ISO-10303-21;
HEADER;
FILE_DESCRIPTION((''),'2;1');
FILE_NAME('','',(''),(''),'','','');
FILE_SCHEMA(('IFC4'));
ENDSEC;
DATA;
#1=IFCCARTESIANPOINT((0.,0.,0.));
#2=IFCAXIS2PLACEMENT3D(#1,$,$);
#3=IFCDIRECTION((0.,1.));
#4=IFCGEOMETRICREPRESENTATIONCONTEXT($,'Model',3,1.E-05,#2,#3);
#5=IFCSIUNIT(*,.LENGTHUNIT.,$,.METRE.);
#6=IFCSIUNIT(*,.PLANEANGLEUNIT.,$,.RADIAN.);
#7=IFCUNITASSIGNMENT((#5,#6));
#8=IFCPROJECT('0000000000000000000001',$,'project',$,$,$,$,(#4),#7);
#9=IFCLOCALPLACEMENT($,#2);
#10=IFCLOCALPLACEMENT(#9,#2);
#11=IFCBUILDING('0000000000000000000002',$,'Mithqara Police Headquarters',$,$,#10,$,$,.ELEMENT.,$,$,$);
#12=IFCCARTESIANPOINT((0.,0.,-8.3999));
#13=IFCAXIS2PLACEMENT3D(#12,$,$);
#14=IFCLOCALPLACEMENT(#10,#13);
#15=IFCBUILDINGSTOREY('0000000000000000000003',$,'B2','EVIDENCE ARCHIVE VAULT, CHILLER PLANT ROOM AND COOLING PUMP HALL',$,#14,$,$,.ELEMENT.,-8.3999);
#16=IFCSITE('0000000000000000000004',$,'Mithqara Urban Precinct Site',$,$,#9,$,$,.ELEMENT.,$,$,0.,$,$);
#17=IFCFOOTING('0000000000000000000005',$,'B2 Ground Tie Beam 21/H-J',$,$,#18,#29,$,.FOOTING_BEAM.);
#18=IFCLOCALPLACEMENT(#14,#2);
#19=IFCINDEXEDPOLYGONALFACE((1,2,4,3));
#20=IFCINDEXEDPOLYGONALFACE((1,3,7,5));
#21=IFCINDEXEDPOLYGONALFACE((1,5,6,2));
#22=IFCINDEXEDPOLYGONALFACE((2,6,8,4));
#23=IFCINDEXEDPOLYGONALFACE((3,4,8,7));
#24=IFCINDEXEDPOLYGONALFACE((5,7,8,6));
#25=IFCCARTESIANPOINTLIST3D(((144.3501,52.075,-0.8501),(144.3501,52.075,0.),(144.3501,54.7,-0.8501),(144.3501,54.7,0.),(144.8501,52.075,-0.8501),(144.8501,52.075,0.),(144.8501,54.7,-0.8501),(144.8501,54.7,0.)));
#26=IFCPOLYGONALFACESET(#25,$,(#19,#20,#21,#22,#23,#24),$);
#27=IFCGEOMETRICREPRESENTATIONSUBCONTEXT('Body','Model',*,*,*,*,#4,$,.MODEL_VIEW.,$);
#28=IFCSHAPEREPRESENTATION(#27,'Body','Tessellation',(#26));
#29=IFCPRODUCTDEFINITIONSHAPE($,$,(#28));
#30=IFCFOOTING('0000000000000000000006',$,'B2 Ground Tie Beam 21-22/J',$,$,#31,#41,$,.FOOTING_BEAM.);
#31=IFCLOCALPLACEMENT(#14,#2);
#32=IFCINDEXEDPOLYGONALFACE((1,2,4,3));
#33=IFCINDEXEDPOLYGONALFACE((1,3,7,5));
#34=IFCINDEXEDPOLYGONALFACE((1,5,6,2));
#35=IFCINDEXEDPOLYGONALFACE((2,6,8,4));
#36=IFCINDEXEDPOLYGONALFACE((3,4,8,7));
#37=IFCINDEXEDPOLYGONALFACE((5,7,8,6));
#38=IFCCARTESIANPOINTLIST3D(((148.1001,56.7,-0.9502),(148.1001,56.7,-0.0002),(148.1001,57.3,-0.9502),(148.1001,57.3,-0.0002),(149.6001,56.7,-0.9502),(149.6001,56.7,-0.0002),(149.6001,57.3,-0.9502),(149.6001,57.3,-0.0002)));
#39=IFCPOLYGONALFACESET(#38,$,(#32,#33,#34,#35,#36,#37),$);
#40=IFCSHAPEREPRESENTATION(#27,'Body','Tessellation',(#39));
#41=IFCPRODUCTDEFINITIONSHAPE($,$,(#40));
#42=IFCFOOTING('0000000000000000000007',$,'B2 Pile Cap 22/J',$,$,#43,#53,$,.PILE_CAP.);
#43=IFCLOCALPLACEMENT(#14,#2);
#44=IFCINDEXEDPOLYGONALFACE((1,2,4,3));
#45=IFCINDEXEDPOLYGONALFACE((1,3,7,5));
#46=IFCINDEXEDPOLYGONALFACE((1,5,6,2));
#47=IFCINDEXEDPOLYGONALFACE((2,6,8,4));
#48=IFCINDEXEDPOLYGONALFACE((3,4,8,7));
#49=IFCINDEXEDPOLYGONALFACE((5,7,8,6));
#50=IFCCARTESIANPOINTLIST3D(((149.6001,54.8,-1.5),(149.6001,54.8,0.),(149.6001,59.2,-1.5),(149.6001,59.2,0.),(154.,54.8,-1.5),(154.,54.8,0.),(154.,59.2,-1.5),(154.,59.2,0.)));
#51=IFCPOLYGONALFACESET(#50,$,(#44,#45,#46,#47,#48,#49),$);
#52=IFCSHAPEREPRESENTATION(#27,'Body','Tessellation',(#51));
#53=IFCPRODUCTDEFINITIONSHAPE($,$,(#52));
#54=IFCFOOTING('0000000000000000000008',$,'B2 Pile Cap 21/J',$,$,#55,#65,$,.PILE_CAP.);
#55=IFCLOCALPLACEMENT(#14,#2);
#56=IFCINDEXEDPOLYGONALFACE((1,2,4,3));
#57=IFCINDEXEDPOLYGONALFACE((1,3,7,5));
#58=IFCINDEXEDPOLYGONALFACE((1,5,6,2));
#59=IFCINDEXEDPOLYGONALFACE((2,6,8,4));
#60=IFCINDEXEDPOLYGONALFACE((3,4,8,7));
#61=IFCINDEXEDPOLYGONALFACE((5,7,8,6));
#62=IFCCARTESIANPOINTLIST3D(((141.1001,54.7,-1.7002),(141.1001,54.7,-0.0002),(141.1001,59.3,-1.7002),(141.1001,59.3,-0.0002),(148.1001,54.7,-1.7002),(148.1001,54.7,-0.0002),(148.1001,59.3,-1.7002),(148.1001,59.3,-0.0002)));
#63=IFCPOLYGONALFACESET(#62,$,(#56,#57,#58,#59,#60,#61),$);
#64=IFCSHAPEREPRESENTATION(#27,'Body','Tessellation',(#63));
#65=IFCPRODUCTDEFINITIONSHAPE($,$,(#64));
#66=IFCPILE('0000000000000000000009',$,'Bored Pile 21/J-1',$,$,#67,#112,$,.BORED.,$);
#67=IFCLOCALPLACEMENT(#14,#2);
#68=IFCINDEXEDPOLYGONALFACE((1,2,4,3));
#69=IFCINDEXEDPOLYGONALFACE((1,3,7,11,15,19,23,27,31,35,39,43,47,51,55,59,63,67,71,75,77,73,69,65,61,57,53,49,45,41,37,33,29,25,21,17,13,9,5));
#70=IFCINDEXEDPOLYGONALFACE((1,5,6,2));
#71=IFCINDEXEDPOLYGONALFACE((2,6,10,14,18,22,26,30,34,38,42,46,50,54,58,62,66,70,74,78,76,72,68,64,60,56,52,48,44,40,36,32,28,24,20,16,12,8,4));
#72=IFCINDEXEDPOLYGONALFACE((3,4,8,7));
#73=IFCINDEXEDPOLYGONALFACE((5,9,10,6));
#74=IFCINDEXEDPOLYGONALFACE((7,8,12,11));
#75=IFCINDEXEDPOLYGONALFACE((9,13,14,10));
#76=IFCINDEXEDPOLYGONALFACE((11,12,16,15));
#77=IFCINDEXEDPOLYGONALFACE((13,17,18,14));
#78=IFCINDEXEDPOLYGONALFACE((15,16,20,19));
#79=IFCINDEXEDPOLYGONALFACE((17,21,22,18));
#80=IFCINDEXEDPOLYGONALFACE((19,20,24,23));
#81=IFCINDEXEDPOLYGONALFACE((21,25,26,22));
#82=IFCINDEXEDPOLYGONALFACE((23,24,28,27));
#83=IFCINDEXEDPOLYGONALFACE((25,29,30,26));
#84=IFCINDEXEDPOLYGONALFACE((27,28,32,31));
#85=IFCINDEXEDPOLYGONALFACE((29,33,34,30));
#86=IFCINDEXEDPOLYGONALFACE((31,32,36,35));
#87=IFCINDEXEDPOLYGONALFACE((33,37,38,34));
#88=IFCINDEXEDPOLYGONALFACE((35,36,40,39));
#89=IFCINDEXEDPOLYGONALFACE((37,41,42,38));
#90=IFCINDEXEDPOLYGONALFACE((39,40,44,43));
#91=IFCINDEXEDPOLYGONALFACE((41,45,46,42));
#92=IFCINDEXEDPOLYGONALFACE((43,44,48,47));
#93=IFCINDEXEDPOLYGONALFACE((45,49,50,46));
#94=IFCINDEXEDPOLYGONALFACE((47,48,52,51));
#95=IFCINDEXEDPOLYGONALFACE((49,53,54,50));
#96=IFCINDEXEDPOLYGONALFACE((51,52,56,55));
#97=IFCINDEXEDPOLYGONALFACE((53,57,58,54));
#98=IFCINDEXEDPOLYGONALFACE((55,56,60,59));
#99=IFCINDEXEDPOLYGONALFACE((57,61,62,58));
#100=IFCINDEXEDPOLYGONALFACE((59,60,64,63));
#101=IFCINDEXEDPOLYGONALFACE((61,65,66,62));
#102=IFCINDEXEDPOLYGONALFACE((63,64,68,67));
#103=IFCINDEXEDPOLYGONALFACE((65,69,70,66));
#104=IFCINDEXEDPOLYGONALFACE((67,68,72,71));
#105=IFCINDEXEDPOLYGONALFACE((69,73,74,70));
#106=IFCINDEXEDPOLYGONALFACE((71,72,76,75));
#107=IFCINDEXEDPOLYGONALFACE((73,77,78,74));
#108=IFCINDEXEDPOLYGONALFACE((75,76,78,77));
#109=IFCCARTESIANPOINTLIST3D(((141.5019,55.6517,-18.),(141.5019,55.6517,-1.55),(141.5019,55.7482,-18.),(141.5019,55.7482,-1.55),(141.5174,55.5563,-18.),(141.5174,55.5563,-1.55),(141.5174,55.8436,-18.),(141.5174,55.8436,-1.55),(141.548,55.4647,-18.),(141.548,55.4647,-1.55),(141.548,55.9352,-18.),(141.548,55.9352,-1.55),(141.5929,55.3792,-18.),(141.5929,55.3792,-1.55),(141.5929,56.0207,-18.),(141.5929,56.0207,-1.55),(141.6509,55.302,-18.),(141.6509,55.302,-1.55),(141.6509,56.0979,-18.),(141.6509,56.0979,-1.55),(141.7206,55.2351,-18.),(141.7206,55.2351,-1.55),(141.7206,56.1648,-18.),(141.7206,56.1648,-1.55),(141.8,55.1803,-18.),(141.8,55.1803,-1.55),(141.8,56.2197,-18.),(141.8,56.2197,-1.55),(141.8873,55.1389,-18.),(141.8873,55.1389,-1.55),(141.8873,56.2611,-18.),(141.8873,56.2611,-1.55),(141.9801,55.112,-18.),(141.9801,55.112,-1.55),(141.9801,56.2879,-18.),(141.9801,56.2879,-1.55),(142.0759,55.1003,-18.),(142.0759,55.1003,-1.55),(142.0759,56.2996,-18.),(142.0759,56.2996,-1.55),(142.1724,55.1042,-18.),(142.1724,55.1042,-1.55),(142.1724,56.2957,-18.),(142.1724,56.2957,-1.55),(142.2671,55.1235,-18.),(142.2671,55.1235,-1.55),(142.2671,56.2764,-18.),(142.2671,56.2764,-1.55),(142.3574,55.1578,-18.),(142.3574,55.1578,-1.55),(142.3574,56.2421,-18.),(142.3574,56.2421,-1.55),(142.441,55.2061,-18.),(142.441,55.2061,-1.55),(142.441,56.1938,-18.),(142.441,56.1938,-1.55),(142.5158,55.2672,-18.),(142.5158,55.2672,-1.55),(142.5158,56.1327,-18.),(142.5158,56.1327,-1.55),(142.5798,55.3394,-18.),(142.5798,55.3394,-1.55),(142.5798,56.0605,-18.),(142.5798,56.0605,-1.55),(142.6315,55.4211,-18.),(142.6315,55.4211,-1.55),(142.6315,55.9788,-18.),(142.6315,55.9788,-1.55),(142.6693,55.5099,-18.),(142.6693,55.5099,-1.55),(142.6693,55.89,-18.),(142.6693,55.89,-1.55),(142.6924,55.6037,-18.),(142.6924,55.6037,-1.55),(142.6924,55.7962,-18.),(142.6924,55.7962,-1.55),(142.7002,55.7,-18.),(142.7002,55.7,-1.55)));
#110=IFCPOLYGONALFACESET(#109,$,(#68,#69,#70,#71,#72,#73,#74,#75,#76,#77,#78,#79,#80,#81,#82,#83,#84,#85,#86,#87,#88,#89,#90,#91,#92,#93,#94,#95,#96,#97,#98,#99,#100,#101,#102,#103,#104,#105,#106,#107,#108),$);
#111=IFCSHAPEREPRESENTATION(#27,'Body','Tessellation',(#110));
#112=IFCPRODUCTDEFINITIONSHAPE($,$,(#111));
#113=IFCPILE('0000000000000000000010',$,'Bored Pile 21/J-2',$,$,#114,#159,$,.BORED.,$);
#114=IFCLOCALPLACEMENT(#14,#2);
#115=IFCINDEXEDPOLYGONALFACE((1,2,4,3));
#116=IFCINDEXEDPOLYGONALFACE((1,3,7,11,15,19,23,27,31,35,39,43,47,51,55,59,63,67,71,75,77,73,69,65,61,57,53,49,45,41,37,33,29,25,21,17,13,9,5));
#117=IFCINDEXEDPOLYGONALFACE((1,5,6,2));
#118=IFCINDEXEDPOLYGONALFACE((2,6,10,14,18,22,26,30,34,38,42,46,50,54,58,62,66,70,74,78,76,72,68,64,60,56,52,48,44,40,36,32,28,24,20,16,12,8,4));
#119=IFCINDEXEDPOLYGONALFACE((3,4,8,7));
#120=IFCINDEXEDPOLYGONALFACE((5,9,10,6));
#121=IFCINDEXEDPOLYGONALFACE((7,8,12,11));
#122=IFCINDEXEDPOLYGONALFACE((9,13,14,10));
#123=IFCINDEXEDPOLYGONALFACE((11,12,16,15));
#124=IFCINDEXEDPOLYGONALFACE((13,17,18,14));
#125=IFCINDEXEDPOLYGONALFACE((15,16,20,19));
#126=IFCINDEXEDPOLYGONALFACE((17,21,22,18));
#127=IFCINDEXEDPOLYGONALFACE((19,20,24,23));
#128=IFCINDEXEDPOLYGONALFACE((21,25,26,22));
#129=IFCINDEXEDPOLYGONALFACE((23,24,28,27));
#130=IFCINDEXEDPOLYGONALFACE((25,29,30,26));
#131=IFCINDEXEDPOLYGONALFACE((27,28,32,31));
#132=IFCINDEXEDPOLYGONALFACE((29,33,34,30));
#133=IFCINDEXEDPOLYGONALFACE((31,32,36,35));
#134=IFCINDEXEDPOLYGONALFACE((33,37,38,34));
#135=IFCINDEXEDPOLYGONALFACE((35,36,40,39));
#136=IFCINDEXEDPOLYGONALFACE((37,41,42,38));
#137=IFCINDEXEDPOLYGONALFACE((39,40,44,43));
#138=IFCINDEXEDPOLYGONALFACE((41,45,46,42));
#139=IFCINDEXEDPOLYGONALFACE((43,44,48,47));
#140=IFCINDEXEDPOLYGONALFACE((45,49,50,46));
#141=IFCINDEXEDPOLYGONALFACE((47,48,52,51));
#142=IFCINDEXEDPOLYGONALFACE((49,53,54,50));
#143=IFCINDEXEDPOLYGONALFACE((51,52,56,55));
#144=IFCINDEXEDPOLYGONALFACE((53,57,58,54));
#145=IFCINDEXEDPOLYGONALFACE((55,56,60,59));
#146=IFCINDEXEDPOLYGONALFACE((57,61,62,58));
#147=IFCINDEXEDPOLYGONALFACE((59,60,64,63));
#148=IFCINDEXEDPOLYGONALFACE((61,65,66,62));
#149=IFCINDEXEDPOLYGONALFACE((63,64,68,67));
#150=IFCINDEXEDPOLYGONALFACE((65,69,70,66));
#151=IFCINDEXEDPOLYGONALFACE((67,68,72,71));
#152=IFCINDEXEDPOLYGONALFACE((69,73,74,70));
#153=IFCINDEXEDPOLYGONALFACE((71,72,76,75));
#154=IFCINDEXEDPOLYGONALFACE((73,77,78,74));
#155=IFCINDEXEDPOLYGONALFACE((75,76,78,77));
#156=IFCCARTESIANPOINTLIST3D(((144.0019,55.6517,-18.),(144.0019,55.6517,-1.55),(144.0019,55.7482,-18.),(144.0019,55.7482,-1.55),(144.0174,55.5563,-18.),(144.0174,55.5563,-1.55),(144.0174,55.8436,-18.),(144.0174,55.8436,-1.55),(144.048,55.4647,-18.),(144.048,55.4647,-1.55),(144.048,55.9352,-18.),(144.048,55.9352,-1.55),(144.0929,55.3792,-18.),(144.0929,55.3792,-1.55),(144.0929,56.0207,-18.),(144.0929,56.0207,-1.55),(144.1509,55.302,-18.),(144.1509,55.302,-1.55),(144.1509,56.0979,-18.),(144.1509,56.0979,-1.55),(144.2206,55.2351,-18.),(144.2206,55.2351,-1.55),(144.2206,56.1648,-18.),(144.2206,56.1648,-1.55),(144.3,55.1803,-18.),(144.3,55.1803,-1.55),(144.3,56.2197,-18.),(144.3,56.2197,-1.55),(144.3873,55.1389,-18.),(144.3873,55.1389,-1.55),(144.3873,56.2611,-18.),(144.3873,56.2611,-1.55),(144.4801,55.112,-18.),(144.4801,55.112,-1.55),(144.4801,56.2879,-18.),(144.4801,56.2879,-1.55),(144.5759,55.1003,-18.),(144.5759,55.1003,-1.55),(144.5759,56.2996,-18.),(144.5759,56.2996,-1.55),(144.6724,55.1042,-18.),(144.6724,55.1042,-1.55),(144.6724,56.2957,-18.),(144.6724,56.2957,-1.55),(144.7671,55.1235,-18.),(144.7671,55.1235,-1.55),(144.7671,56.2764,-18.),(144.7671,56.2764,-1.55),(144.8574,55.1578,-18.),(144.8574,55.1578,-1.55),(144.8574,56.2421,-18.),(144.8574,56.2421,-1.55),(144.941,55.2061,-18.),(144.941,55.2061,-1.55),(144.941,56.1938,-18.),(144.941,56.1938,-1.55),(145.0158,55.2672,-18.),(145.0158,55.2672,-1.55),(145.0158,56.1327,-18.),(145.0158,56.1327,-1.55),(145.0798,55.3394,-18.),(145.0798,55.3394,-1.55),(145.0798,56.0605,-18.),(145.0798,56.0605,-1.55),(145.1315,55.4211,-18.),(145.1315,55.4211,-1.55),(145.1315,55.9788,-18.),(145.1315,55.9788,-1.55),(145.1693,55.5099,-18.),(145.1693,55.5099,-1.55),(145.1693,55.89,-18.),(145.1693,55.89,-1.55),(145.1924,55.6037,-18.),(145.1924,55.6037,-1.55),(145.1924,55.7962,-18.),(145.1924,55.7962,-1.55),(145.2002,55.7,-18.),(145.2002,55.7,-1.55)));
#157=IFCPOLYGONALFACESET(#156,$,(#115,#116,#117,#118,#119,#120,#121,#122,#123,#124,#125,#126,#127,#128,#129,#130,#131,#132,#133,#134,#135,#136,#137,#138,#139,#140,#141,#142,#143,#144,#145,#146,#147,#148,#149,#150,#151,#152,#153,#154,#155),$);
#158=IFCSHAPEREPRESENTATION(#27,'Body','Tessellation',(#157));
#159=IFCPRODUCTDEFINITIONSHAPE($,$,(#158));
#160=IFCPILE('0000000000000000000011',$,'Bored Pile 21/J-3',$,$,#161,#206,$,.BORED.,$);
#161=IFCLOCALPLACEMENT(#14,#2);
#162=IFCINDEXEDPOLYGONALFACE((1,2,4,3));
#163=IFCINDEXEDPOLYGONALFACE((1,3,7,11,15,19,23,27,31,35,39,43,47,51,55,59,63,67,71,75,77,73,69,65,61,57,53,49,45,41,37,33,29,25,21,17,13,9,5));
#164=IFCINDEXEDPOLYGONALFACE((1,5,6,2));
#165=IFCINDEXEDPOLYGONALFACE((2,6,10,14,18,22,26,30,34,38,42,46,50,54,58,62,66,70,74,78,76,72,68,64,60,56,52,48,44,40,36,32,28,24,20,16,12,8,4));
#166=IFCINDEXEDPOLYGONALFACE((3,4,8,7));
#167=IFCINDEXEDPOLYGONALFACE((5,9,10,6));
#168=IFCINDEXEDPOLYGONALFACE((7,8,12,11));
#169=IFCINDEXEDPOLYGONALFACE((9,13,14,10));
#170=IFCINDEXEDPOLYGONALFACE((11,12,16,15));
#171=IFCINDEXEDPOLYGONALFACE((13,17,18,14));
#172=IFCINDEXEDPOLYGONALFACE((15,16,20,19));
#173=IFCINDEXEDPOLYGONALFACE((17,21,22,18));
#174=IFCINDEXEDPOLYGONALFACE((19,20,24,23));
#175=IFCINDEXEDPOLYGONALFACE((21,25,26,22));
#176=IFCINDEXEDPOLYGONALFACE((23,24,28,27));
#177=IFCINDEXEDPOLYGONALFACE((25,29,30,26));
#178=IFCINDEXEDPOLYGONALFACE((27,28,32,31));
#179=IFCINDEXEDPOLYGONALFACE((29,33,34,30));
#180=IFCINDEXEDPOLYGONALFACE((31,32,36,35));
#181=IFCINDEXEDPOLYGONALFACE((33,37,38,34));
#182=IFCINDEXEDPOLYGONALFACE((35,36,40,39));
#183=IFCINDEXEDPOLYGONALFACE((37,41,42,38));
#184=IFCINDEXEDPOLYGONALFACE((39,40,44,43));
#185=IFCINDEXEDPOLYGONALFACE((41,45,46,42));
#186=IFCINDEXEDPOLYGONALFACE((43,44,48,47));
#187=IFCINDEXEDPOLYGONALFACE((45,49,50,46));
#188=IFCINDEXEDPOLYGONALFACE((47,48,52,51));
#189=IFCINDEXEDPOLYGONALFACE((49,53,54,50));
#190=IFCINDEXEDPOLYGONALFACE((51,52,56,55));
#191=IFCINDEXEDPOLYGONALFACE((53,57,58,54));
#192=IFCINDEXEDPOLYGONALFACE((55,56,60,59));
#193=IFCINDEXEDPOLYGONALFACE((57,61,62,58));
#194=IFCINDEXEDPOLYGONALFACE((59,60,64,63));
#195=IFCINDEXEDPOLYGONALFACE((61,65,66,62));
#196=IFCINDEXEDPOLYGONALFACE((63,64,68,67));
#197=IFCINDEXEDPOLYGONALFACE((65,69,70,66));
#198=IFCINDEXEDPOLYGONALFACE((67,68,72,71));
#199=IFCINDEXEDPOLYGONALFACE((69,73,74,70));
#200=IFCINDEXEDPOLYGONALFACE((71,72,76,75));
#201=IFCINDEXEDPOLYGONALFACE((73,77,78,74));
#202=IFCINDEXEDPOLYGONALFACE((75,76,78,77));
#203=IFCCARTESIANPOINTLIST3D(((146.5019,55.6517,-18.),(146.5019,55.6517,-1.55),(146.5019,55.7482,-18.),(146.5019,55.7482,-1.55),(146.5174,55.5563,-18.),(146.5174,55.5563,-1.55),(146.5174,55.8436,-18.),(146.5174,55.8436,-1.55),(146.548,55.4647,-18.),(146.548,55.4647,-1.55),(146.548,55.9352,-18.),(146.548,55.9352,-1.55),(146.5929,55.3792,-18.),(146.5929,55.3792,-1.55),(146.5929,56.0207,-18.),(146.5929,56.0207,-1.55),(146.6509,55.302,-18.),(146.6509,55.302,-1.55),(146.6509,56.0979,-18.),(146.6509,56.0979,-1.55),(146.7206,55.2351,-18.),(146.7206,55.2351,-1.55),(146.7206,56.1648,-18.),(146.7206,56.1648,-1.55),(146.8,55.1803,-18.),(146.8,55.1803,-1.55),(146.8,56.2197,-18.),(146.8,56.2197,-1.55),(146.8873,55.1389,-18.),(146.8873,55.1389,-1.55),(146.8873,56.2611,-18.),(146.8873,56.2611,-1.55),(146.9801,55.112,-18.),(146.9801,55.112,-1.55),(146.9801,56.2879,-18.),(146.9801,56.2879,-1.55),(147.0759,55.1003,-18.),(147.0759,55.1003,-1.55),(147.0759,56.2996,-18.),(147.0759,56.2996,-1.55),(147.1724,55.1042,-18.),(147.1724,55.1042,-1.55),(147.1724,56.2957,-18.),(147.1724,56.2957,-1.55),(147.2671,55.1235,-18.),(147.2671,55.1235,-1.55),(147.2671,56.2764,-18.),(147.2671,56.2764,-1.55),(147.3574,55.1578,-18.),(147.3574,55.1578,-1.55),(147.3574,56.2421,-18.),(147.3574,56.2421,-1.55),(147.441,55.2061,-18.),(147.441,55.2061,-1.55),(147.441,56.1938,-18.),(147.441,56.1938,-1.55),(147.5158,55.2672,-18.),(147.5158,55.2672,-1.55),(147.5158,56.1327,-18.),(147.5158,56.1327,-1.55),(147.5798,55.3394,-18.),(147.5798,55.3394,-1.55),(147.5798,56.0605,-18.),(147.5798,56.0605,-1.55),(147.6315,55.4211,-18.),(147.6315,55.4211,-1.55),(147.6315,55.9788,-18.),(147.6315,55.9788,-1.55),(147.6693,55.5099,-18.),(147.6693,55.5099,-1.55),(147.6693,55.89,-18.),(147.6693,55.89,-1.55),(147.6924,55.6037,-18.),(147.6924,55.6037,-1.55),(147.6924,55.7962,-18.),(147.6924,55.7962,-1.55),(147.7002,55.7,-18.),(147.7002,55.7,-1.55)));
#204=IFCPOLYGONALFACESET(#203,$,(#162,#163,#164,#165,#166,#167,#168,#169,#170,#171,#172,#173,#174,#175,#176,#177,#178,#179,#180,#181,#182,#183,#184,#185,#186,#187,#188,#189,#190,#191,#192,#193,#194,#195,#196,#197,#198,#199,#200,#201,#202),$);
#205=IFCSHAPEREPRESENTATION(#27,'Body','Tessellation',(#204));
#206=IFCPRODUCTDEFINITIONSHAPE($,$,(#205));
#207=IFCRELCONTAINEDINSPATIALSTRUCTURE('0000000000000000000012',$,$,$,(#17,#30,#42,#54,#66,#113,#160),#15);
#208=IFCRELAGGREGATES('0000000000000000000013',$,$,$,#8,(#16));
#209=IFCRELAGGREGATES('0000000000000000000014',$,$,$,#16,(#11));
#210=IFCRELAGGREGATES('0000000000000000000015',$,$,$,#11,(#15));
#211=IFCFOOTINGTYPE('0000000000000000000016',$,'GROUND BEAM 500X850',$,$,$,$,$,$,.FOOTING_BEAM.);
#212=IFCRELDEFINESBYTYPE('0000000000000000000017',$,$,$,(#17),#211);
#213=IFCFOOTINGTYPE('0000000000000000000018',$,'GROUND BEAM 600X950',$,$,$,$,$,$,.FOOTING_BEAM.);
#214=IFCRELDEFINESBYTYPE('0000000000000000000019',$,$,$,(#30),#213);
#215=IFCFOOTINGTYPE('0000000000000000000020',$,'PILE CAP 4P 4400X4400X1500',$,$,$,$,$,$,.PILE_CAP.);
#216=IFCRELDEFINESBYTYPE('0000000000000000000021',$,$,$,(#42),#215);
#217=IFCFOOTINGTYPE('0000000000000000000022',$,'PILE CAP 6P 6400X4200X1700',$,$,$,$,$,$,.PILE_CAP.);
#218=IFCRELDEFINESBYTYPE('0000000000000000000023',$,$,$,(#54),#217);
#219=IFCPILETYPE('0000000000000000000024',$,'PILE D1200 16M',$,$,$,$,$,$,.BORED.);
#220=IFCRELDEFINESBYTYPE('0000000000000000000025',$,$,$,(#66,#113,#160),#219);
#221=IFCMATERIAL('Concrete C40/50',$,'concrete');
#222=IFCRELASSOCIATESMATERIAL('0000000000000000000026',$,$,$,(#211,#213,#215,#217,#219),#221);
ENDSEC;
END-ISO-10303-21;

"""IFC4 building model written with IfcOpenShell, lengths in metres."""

from ifc_helpers import new_model, si_unit, direction, frame, origin, origin_2d, place, context, subcontext, project, spatial, rectangle, circle, extrude, material, material_profile, profile_set, type_object, element, save


model = new_model("IFC4")

# Units and contexts
model_context = context("Model", 3, precision=1e-05, world=origin(), true_north=direction((0.0, 1.0)))
body_context = subcontext(model_context, "Body", "Model", "MODEL_VIEW")
ifc_project = project(units=[si_unit("LENGTHUNIT", "METRE"), si_unit("PLANEANGLEUNIT", "RADIAN")], contexts=[model_context])

# Site, building, storey
site_placement = place(None, origin())
site = spatial("IfcSite", under=ifc_project, at=site_placement, Name="Mithqara Urban Precinct Site", CompositionType="ELEMENT", RefElevation=0.0)
building_placement = place(site_placement, origin())
building = spatial("IfcBuilding", under=site, at=building_placement, Name="Mithqara Police Headquarters", CompositionType="ELEMENT")
storey_placement = place(building_placement, frame((0.0, 0.0, -8.3999)))
storey = spatial("IfcBuildingStorey", under=building, at=storey_placement, Name="B2", Description="EVIDENCE ARCHIVE VAULT, CHILLER PLANT ROOM AND COOLING PUMP HALL", CompositionType="ELEMENT", Elevation=-8.3999)

# Footings
ifc_material_1 = material(Name="Concrete C40/50", Category="concrete")
footing_type_1 = type_object("IfcFootingType", Name="GROUND BEAM 500X850", PredefinedType="FOOTING_BEAM", material=ifc_material_1)
footing_1_placement = place(storey_placement, frame((144.6001, 53.3875, -0.8501), z_axis=(0.0, 0.0, 1.0), x_axis=(1.0, 0.0, 0.0)))
element("IfcFooting", 1, at=footing_1_placement, inside=storey, type_object=footing_type_1, Name="B2 Ground Tie Beam 21/H-J", PredefinedType="FOOTING_BEAM", context=body_context, shape_type="SweptSolid", body=[
    extrude(rectangle(XDim=0.5, YDim=2.625, at=origin_2d()), origin(), (0.0, 0.0, 1.0), 0.8501),
])
footing_type_2 = type_object("IfcFootingType", Name="GROUND BEAM 600X950", PredefinedType="FOOTING_BEAM", material=ifc_material_1)
footing_2_placement = place(storey_placement, frame((148.8501, 57.0, -0.9502), z_axis=(0.0, 0.0, 1.0), x_axis=(1.0, 0.0, 0.0)))
element("IfcFooting", 2, at=footing_2_placement, inside=storey, type_object=footing_type_2, Name="B2 Ground Tie Beam 21-22/J", PredefinedType="FOOTING_BEAM", context=body_context, shape_type="SweptSolid", body=[
    extrude(rectangle(XDim=1.5, YDim=0.6001, at=origin_2d()), origin(), (0.0, 0.0, 1.0), 0.95),
])
footing_type_3 = type_object("IfcFootingType", Name="PILE CAP 4P 4400X4400X1500", PredefinedType="PILE_CAP", material=ifc_material_1)
footing_3_placement = place(storey_placement, frame((151.8, 57.0, -1.5), z_axis=(0.0, 0.0, 1.0), x_axis=(1.0, 0.0, 0.0)))
element("IfcFooting", 3, at=footing_3_placement, inside=storey, type_object=footing_type_3, Name="B2 Pile Cap 22/J", PredefinedType="PILE_CAP", context=body_context, shape_type="SweptSolid", body=[
    extrude(rectangle(XDim=4.3999, YDim=4.3999, at=origin_2d()), origin(), (0.0, 0.0, 1.0), 1.5),
])
footing_type_4 = type_object("IfcFootingType", Name="PILE CAP 6P 6400X4200X1700", PredefinedType="PILE_CAP", material=ifc_material_1)
footing_4_placement = place(storey_placement, frame((144.6001, 57.0, -1.7002), z_axis=(0.0, 0.0, 1.0), x_axis=(1.0, 0.0, 0.0)))
element("IfcFooting", 4, at=footing_4_placement, inside=storey, type_object=footing_type_4, Name="B2 Pile Cap 21/J", PredefinedType="PILE_CAP", context=body_context, shape_type="SweptSolid", body=[
    extrude(rectangle(XDim=7.0, YDim=4.6001, at=origin_2d()), origin(), (0.0, 0.0, 1.0), 1.7),
])

# Piles
ifc_material_profile_1 = material_profile(ifc_material_1, circle(Radius=0.6001, at=origin_2d()), Name="PILE D1200")
ifc_profile_set_1 = profile_set([ifc_material_profile_1], Name="Concrete C40/50")
pile_type_1 = type_object("IfcPileType", Name="PILE D1200 16M", PredefinedType="BORED", material=ifc_profile_set_1)
for number, where, z_axis, x_axis, name in (
    (5, (142.1001, 55.7, -1.55), (0.0, 0.0, -1.0), (1.0, 0.0, 0.0), "Bored Pile 21/J-1"),
    (6, (144.6001, 55.7, -1.55), (0.0, 0.0, -1.0), (1.0, 0.0, 0.0), "Bored Pile 21/J-2"),
    (7, (147.1001, 55.7, -1.55), (0.0, 0.0, -1.0), (1.0, 0.0, 0.0), "Bored Pile 21/J-3"),
):
    element("IfcPile", number, at=place(storey_placement, frame(where, z_axis=z_axis, x_axis=x_axis)), inside=storey, type_object=pile_type_1, Name=name, PredefinedType="BORED", context=body_context, shape_type="SweptSolid", body=[
        extrude(circle(Radius=0.6001, at=origin_2d()), origin(), (0.0, 0.0, 1.0), 16.45),
    ])

save(model, "model.ifc")
